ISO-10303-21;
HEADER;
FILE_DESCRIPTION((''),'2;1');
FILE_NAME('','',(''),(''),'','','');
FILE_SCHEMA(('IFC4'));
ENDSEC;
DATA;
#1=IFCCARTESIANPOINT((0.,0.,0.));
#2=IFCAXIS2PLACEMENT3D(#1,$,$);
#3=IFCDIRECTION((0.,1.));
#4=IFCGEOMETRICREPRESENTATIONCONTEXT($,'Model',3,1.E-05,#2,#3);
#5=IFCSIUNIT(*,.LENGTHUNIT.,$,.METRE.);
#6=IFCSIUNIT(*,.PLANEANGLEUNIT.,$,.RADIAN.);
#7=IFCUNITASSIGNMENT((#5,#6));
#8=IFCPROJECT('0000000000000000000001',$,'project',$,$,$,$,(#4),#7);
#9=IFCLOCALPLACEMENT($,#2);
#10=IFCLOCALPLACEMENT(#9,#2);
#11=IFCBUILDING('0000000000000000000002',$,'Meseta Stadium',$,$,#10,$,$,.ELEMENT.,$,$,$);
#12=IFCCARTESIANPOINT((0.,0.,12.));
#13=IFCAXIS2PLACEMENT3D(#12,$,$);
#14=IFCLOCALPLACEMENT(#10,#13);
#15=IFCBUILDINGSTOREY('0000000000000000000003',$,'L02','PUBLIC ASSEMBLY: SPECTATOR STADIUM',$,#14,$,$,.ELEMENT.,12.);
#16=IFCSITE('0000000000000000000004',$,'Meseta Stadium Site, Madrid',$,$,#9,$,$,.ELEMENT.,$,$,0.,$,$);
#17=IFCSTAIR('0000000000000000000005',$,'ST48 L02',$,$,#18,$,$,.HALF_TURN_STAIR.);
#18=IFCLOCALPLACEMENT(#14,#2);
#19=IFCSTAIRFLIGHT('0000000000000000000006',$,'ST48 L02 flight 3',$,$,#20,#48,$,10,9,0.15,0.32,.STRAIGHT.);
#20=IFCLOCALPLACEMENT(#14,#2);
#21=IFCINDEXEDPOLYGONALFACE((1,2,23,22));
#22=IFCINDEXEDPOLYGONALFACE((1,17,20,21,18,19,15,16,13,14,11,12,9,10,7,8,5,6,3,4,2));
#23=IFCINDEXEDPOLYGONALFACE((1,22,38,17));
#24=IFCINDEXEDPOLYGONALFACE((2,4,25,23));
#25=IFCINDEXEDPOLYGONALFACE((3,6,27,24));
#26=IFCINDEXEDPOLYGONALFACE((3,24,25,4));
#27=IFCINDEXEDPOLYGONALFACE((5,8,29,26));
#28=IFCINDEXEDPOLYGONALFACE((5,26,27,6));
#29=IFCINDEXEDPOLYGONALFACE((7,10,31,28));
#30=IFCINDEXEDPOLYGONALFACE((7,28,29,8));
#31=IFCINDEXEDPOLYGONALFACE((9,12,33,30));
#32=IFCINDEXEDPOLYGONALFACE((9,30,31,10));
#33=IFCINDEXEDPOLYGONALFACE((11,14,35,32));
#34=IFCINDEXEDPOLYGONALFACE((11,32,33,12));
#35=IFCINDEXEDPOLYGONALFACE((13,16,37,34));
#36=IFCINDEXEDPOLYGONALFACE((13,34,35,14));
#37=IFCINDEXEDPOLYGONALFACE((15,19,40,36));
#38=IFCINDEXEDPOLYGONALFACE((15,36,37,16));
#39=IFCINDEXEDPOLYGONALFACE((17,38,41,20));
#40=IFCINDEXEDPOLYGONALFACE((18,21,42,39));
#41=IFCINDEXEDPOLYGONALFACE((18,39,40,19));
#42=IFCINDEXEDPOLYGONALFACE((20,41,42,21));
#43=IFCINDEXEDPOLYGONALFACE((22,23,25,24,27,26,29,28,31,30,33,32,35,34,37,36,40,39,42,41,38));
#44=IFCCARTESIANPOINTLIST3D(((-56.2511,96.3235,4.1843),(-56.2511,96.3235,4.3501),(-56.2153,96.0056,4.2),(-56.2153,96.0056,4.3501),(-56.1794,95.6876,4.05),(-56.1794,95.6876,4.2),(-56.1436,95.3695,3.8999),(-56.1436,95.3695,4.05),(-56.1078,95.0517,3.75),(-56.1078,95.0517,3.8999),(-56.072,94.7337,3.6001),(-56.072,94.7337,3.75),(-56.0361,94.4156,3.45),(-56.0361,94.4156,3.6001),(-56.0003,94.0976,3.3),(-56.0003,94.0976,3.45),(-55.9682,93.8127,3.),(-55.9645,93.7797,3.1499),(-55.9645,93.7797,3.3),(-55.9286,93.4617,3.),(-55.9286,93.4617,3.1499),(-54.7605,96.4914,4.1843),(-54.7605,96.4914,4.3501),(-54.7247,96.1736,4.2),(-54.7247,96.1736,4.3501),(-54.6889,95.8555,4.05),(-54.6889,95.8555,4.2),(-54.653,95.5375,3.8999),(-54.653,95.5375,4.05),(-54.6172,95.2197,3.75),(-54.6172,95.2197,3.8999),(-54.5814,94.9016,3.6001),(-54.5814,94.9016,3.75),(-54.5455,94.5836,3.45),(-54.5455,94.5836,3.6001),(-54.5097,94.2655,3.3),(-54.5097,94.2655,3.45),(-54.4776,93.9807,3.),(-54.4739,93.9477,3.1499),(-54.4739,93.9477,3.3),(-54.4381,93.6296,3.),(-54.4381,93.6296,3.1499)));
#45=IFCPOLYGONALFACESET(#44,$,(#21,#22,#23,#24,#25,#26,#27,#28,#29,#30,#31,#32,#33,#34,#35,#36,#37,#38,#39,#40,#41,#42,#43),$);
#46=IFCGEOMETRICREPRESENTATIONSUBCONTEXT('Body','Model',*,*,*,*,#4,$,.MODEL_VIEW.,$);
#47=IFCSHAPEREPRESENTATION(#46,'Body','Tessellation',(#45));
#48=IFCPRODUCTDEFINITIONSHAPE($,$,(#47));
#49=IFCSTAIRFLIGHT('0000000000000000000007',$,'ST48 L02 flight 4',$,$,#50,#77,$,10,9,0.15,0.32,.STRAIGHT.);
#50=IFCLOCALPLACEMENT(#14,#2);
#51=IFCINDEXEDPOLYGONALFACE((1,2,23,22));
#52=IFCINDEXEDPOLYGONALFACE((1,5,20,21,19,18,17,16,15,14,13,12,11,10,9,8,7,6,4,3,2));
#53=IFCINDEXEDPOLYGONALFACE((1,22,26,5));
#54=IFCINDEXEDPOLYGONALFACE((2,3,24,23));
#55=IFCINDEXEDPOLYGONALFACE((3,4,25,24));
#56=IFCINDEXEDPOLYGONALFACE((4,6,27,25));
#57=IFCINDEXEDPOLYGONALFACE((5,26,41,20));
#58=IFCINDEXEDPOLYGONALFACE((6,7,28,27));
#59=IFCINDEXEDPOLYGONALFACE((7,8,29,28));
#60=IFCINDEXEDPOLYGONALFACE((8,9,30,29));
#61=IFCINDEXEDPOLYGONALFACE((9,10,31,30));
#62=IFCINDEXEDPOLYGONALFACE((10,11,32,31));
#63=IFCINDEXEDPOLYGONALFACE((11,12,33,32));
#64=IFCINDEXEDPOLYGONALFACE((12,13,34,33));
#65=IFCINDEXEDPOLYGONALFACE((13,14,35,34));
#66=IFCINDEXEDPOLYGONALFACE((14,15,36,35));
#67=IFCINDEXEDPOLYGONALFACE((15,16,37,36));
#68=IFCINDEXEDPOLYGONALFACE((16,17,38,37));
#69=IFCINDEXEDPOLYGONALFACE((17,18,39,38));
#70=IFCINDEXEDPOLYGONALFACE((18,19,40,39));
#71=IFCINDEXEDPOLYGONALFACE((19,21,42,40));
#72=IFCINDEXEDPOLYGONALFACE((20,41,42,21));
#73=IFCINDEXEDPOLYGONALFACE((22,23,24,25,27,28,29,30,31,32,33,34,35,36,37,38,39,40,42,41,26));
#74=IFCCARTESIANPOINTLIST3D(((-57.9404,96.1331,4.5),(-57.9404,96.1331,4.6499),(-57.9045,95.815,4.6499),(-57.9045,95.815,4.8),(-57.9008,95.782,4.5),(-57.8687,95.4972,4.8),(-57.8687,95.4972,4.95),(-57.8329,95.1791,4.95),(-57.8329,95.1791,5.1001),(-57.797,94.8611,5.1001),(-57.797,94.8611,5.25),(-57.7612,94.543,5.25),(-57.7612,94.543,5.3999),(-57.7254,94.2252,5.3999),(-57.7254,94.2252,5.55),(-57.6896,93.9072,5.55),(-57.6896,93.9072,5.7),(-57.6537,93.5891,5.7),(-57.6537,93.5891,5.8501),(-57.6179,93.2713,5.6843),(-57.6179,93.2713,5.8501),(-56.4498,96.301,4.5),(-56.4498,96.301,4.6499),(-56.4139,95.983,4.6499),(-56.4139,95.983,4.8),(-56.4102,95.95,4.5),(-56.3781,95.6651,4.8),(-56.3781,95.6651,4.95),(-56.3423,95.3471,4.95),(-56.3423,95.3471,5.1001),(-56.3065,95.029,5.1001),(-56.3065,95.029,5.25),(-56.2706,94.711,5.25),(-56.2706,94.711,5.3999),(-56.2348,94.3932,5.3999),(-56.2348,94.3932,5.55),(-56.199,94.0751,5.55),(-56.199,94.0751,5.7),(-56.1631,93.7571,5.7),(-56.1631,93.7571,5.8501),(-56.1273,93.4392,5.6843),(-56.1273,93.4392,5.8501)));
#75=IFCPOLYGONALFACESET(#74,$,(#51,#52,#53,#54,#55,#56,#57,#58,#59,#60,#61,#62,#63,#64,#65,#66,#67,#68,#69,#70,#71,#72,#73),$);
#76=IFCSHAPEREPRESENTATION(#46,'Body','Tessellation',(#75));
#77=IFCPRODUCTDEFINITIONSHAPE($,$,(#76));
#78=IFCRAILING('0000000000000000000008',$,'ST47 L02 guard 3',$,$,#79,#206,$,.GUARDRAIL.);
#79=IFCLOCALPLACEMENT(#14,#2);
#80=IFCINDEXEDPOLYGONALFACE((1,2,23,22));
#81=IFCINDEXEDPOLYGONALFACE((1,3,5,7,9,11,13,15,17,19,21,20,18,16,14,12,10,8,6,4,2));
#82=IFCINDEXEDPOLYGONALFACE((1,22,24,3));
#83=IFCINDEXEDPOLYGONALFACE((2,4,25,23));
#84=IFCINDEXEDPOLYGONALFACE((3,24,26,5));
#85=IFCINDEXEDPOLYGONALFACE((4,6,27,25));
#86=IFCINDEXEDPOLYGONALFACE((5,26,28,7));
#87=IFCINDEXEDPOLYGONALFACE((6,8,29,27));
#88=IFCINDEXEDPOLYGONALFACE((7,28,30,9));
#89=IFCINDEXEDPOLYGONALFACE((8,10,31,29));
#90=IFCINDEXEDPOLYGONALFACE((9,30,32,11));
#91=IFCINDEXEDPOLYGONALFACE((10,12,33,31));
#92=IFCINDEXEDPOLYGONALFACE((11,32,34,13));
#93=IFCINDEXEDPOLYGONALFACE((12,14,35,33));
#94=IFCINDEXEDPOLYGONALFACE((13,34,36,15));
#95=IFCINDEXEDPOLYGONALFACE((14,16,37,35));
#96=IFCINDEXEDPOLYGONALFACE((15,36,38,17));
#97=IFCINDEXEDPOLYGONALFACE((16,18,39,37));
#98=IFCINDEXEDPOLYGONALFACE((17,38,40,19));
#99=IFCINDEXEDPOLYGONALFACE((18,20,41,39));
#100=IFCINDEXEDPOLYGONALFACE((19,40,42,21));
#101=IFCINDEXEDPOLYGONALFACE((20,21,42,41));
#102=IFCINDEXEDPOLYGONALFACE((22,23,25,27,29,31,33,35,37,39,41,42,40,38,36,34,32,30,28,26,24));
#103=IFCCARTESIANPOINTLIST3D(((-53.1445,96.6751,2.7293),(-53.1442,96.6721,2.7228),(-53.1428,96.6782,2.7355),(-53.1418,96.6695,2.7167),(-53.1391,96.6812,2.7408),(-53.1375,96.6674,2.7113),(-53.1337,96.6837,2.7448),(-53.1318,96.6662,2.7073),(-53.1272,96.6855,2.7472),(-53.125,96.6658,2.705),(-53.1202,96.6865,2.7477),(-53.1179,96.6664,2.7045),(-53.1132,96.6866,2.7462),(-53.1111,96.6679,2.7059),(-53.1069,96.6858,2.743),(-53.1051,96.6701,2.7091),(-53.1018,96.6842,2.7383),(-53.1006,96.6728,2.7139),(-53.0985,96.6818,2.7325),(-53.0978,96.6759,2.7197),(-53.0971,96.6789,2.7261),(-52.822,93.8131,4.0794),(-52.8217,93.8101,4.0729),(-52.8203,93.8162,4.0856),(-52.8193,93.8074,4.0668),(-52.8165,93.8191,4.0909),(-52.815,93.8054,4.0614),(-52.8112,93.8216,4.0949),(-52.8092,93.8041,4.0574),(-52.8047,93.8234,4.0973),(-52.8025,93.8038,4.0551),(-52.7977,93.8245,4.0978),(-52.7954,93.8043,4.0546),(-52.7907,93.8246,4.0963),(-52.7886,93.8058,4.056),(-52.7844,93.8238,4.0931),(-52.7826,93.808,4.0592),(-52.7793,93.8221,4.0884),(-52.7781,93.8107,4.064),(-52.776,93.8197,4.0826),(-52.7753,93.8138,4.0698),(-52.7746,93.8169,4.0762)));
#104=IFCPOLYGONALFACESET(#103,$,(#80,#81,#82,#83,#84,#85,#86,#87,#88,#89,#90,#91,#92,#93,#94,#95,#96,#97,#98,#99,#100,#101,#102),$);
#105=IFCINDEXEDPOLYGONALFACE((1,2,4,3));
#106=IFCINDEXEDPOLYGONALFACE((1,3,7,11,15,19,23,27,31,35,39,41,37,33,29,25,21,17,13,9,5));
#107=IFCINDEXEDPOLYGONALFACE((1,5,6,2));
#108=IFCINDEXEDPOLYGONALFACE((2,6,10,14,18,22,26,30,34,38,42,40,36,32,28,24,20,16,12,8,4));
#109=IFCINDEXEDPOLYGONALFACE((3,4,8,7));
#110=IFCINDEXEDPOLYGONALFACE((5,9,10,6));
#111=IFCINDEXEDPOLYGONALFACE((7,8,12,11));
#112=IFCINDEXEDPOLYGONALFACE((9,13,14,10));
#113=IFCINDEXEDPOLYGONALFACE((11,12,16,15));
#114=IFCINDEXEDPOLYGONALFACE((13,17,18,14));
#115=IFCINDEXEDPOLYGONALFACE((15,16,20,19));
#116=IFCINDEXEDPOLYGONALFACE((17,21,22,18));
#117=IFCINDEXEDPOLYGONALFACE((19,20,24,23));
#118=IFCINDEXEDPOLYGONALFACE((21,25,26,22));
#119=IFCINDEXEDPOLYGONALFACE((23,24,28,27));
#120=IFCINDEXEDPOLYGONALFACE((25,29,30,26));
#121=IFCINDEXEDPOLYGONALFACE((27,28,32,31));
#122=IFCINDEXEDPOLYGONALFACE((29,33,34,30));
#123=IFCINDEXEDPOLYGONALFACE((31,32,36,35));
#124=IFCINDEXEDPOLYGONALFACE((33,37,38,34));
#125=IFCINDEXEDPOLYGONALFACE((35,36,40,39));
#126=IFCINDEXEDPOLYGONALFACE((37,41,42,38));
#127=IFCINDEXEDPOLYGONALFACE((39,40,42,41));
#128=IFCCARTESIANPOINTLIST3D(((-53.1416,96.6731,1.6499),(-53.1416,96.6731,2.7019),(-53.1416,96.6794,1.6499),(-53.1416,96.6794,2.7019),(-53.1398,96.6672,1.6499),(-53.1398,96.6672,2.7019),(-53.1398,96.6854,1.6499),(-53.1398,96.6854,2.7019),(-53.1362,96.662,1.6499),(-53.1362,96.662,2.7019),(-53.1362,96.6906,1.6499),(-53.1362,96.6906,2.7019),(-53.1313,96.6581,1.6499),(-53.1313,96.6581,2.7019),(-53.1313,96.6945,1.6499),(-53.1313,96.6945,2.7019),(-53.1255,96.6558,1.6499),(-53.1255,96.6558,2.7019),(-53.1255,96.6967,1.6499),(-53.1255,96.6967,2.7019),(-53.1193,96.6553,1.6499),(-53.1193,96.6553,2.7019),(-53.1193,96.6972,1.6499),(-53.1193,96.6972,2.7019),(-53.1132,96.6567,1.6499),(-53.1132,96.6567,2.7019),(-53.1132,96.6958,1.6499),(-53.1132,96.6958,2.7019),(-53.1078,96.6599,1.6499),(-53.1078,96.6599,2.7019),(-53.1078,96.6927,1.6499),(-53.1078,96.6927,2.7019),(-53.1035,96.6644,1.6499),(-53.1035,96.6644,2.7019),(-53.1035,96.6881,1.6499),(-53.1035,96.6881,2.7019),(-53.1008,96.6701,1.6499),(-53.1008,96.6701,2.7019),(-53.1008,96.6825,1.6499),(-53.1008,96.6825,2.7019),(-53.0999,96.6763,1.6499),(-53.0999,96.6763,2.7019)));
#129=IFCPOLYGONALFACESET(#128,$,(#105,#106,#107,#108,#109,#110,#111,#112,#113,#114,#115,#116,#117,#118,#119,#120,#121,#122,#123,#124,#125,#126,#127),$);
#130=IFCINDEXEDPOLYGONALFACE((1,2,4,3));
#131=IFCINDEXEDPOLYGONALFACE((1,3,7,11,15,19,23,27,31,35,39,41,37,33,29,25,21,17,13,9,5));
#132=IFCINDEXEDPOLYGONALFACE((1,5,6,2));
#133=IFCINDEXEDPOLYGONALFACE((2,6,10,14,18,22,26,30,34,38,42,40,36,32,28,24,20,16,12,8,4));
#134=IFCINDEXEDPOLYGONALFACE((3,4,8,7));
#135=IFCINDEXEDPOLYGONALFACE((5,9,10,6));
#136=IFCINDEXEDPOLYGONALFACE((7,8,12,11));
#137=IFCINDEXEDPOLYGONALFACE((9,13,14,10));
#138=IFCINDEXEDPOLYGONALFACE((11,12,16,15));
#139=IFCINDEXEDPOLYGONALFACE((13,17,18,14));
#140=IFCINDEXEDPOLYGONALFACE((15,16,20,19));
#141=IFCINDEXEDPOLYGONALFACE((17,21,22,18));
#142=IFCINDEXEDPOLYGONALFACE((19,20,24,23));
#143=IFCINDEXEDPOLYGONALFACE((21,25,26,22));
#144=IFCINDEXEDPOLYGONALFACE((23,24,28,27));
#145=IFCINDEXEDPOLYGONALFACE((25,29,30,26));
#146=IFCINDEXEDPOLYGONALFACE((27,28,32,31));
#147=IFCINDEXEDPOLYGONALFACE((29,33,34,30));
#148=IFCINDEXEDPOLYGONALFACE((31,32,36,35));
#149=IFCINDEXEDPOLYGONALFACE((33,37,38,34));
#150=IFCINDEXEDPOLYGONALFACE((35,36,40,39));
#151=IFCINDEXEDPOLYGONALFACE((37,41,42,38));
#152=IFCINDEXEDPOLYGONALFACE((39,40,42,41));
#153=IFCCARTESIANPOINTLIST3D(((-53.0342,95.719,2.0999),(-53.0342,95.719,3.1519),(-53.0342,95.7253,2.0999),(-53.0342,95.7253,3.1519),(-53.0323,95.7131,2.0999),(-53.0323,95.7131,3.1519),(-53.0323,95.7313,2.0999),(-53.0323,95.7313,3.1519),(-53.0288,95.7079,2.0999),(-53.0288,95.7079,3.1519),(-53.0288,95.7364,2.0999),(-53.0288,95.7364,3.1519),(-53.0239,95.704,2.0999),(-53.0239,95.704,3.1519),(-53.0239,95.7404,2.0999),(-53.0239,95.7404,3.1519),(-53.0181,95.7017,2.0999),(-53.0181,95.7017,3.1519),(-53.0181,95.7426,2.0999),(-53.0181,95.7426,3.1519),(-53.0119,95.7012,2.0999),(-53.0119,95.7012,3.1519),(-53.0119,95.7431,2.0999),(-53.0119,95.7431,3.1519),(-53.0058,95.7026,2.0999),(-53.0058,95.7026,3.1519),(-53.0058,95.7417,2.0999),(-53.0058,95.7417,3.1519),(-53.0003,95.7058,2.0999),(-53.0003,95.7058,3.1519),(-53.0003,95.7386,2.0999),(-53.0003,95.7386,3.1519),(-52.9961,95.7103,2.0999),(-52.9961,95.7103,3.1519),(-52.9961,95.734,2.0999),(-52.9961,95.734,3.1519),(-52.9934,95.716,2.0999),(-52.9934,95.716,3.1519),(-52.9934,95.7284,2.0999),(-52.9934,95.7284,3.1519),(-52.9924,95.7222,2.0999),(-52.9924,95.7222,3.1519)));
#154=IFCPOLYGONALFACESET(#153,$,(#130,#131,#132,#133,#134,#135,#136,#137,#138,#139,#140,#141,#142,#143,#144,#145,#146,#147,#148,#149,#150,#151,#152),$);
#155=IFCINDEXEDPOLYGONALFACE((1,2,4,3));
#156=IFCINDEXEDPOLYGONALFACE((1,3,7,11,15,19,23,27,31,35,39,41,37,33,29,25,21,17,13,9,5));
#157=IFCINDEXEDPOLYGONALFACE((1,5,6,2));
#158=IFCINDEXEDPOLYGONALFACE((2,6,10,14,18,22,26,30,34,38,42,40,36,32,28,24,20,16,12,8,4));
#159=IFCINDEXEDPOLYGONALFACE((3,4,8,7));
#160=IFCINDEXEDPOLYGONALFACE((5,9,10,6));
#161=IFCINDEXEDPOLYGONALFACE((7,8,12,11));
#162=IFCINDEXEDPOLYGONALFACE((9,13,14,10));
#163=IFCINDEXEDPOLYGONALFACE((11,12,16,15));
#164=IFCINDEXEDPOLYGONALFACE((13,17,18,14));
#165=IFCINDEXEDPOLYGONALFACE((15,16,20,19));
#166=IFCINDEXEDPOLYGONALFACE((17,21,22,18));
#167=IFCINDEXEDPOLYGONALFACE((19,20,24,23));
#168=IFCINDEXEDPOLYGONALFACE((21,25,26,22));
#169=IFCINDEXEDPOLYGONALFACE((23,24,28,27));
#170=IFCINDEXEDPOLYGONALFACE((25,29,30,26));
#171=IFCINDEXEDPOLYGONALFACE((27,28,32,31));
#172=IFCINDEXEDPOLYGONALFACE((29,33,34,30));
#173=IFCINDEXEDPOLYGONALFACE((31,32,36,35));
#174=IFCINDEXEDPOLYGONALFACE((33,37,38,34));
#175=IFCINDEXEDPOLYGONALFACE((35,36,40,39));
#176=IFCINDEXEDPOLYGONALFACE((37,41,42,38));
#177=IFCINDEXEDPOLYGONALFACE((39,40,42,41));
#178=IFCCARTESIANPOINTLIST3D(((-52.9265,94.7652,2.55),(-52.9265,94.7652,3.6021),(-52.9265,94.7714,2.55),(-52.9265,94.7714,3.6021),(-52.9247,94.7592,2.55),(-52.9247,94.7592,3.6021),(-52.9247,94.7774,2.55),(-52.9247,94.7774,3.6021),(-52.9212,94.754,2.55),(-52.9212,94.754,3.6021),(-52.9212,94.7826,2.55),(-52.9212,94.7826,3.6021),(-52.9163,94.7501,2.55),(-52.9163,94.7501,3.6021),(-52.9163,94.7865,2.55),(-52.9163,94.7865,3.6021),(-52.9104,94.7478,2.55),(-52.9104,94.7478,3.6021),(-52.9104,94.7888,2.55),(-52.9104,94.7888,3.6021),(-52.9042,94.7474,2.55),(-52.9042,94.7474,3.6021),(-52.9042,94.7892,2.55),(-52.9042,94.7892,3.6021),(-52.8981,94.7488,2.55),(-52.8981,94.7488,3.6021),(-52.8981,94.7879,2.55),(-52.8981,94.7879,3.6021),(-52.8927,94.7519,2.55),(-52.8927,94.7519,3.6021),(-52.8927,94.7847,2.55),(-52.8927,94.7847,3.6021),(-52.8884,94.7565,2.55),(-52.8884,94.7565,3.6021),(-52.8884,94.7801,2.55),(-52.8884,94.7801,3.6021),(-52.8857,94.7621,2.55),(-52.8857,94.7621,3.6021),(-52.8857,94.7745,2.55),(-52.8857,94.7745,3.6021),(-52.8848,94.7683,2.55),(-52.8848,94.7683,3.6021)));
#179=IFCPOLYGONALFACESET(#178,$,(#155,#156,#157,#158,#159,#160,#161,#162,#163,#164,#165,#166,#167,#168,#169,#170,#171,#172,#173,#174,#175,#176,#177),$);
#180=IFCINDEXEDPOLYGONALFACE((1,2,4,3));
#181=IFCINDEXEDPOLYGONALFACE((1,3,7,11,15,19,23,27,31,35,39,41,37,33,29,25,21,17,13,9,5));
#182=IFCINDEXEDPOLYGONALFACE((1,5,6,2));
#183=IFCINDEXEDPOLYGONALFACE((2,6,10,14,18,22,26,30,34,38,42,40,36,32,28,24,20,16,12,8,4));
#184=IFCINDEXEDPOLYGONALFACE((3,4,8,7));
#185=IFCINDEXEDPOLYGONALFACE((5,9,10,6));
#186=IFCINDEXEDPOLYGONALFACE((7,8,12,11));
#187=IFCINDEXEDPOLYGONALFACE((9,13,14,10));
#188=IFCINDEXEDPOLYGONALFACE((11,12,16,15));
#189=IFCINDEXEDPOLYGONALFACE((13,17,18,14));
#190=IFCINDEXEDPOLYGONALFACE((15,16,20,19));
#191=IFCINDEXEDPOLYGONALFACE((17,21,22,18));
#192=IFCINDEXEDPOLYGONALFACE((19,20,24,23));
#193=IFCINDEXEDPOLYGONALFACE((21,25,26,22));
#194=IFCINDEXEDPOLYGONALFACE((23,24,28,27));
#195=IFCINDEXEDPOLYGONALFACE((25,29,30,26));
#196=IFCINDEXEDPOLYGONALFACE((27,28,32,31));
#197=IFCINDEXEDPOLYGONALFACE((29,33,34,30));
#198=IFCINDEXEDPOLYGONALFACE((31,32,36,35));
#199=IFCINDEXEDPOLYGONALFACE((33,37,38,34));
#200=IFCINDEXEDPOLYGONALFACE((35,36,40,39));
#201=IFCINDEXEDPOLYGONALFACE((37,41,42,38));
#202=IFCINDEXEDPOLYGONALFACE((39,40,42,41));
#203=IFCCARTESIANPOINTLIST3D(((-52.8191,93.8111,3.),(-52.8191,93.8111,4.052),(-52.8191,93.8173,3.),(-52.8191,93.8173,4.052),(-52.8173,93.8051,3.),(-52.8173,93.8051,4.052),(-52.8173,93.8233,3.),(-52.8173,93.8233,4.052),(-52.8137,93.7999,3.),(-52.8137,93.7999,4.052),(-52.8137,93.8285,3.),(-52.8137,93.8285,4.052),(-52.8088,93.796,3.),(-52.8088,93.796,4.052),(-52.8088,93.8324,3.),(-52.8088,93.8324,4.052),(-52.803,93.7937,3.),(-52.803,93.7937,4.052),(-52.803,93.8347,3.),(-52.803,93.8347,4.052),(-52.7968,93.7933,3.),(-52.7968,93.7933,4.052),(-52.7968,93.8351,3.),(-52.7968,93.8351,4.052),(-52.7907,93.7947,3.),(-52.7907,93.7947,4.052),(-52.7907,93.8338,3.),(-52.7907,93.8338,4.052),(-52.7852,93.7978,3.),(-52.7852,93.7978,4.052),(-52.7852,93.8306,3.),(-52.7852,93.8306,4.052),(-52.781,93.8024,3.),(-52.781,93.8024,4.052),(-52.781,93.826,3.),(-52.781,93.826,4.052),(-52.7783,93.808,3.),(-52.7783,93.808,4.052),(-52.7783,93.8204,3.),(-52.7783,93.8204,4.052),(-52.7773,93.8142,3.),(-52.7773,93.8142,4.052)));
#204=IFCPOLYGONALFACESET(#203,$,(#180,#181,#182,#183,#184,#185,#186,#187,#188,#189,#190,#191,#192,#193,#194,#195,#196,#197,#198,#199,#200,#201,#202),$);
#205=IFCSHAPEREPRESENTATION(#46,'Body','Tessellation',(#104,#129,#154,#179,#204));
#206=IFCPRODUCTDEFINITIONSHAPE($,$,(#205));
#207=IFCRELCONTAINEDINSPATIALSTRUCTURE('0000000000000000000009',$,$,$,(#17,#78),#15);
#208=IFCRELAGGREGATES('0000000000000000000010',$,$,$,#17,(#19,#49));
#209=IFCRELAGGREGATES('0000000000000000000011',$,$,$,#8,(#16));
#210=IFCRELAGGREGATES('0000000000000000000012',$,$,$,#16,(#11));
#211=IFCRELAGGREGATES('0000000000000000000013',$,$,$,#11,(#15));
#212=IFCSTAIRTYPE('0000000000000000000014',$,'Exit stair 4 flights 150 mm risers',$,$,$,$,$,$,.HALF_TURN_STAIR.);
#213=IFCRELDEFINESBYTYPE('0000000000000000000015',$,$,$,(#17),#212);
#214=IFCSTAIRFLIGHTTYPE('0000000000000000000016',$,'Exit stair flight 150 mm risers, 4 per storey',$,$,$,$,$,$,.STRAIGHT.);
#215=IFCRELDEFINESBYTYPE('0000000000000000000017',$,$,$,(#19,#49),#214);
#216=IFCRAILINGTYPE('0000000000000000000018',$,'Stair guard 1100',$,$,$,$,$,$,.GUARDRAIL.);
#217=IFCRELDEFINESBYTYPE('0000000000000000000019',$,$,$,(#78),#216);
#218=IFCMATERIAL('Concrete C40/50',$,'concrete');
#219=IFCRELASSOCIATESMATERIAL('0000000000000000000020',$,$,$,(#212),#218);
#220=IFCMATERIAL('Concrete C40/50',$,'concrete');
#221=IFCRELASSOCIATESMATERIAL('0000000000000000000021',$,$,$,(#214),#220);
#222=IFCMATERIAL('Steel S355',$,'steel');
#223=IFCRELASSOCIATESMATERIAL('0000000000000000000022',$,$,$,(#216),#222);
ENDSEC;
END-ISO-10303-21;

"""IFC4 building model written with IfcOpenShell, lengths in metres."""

from ifc_helpers import new_model, si_unit, direction, frame, origin, origin_2d, place, context, subcontext, project, spatial, polyline, circle, outline, extrude, material, type_object, element, aggregate, save


model = new_model("IFC4")

# Units and contexts
model_context = context("Model", 3, precision=1e-05, world=origin(), true_north=direction((0.0, 1.0)))
body_context = subcontext(model_context, "Body", "Model", "MODEL_VIEW")
ifc_project = project(units=[si_unit("LENGTHUNIT", "METRE"), si_unit("PLANEANGLEUNIT", "RADIAN")], contexts=[model_context])

# Site, building, storey
site_placement = place(None, origin())
site = spatial("IfcSite", under=ifc_project, at=site_placement, Name="Meseta Stadium Site, Madrid", CompositionType="ELEMENT", RefElevation=0.0)
building_placement = place(site_placement, origin())
building = spatial("IfcBuilding", under=site, at=building_placement, Name="Meseta Stadium", CompositionType="ELEMENT")
storey_placement = place(building_placement, frame((0.0, 0.0, 12.0)))
storey = spatial("IfcBuildingStorey", under=building, at=storey_placement, Name="L02", Description="PUBLIC ASSEMBLY: SPECTATOR STADIUM", CompositionType="ELEMENT", Elevation=12.0)

# Stair, stair flights
ifc_material_1 = material(Name="Concrete C40/50", Category="concrete")
stair_type = type_object("IfcStairType", Name="Exit stair 4 flights 150 mm risers", PredefinedType="HALF_TURN_STAIR", material=ifc_material_1)
ifc_material_2 = material(Name="Concrete C40/50", Category="concrete")
stair_flight_type = type_object("IfcStairFlightType", Name="Exit stair flight 150 mm risers, 4 per storey", PredefinedType="STRAIGHT", material=ifc_material_2)
stair_1_placement = place(storey_placement, origin())
stair_1 = element("IfcStair", 1, at=stair_1_placement, inside=storey, type_object=stair_type, Name="ST48 L02", PredefinedType="HALF_TURN_STAIR")
stair_flight_1_placement = place(storey_placement, frame((-55.1833, 93.5457, 3.0), z_axis=(0.0, 0.0, 1.0), x_axis=(-0.111964, 0.993712, 0.0)))
stair_flight_1 = element("IfcStairFlight", 2, at=stair_flight_1_placement, type_object=stair_flight_type, Name="ST48 L02 flight 3", NumberOfRisers=10, NumberOfTreads=9, PredefinedType="STRAIGHT", RiserHeight=0.15, TreadLength=0.32, context=body_context, shape_type="SweptSolid", body=[
    extrude(outline(polyline([(0.0, 0.0), (0.0, 0.1499), (0.3201, 0.1499), (0.3201, 0.3), (0.6399, 0.3), (0.6399, 0.45), (0.96, 0.45), (0.96, 0.6001), (1.28, 0.6001), (1.28, 0.75), (1.6001, 0.75), (1.6001, 0.8999), (1.9199, 0.8999), (1.9199, 1.05), (2.24, 1.05), (2.24, 1.2), (2.5601, 1.2), (2.5601, 1.3501), (2.8799, 1.3501), (2.8799, 1.1843), (0.3533, 0.0), (0.0, 0.0)])), frame((0.0, 0.75, 0.0), z_axis=(0.0, -1.0, 0.0), x_axis=(1.0, 0.0, 0.0)), (0.0, 0.0, 1.0), 1.5),
])
stair_flight_2_placement = place(storey_placement, frame((-57.1951, 96.217, 4.5), z_axis=(0.0, 0.0, 1.0), x_axis=(0.111964, -0.993712, 0.0)))
stair_flight_2 = element("IfcStairFlight", 3, at=stair_flight_2_placement, type_object=stair_flight_type, Name="ST48 L02 flight 4", NumberOfRisers=10, NumberOfTreads=9, PredefinedType="STRAIGHT", RiserHeight=0.15, TreadLength=0.32, context=body_context, shape_type="SweptSolid", body=[
    extrude(outline(polyline([(0.0, 0.0), (0.0, 0.1499), (0.3201, 0.1499), (0.3201, 0.3), (0.6399, 0.3), (0.6399, 0.45), (0.96, 0.45), (0.96, 0.6001), (1.28, 0.6001), (1.28, 0.75), (1.6001, 0.75), (1.6001, 0.8999), (1.9199, 0.8999), (1.9199, 1.05), (2.24, 1.05), (2.24, 1.2), (2.5601, 1.2), (2.5601, 1.3501), (2.8799, 1.3501), (2.8799, 1.1843), (0.3533, 0.0), (0.0, 0.0)])), frame((0.0, 0.75, 0.0), z_axis=(0.0, -1.0, 0.0), x_axis=(1.0, 0.0, 0.0)), (0.0, 0.0, 1.0), 1.5),
])
aggregate(stair_1, [stair_flight_1, stair_flight_2])

# Railing
ifc_material_3 = material(Name="Steel S355", Category="steel")
railing_type_1 = type_object("IfcRailingType", Name="Stair guard 1100", PredefinedType="GUARDRAIL", material=ifc_material_3)
railing_1_placement = place(storey_placement, frame((-53.1208, 96.6763, 1.6499)))
element("IfcRailing", 4, at=railing_1_placement, inside=storey, type_object=railing_type_1, Name="ST47 L02 guard 3", PredefinedType="GUARDRAIL", context=body_context, shape_type="SweptSolid", body=[
    extrude(circle(Radius=0.0239, at=origin_2d()), frame((0.0, 0.0, 1.0762), z_axis=(0.101389, -0.899763, 0.424438), x_axis=(0.993711, 0.111976, 0.0)), (0.0, 0.0, 1.0), 3.1809),
    extrude(circle(Radius=0.021, at=origin_2d()), origin(), (0.0, 0.0, 1.0), 1.052),
    extrude(circle(Radius=0.021, at=origin_2d()), frame((0.1074, -0.9541, 0.45)), (0.0, 0.0, 1.0), 1.052),
    extrude(circle(Radius=0.021, at=origin_2d()), frame((0.2151, -1.908, 0.9001)), (0.0, 0.0, 1.0), 1.052),
    extrude(circle(Radius=0.021, at=origin_2d()), frame((0.3225, -2.8621, 1.3501)), (0.0, 0.0, 1.0), 1.052),
])

save(model, "model.ifc")
